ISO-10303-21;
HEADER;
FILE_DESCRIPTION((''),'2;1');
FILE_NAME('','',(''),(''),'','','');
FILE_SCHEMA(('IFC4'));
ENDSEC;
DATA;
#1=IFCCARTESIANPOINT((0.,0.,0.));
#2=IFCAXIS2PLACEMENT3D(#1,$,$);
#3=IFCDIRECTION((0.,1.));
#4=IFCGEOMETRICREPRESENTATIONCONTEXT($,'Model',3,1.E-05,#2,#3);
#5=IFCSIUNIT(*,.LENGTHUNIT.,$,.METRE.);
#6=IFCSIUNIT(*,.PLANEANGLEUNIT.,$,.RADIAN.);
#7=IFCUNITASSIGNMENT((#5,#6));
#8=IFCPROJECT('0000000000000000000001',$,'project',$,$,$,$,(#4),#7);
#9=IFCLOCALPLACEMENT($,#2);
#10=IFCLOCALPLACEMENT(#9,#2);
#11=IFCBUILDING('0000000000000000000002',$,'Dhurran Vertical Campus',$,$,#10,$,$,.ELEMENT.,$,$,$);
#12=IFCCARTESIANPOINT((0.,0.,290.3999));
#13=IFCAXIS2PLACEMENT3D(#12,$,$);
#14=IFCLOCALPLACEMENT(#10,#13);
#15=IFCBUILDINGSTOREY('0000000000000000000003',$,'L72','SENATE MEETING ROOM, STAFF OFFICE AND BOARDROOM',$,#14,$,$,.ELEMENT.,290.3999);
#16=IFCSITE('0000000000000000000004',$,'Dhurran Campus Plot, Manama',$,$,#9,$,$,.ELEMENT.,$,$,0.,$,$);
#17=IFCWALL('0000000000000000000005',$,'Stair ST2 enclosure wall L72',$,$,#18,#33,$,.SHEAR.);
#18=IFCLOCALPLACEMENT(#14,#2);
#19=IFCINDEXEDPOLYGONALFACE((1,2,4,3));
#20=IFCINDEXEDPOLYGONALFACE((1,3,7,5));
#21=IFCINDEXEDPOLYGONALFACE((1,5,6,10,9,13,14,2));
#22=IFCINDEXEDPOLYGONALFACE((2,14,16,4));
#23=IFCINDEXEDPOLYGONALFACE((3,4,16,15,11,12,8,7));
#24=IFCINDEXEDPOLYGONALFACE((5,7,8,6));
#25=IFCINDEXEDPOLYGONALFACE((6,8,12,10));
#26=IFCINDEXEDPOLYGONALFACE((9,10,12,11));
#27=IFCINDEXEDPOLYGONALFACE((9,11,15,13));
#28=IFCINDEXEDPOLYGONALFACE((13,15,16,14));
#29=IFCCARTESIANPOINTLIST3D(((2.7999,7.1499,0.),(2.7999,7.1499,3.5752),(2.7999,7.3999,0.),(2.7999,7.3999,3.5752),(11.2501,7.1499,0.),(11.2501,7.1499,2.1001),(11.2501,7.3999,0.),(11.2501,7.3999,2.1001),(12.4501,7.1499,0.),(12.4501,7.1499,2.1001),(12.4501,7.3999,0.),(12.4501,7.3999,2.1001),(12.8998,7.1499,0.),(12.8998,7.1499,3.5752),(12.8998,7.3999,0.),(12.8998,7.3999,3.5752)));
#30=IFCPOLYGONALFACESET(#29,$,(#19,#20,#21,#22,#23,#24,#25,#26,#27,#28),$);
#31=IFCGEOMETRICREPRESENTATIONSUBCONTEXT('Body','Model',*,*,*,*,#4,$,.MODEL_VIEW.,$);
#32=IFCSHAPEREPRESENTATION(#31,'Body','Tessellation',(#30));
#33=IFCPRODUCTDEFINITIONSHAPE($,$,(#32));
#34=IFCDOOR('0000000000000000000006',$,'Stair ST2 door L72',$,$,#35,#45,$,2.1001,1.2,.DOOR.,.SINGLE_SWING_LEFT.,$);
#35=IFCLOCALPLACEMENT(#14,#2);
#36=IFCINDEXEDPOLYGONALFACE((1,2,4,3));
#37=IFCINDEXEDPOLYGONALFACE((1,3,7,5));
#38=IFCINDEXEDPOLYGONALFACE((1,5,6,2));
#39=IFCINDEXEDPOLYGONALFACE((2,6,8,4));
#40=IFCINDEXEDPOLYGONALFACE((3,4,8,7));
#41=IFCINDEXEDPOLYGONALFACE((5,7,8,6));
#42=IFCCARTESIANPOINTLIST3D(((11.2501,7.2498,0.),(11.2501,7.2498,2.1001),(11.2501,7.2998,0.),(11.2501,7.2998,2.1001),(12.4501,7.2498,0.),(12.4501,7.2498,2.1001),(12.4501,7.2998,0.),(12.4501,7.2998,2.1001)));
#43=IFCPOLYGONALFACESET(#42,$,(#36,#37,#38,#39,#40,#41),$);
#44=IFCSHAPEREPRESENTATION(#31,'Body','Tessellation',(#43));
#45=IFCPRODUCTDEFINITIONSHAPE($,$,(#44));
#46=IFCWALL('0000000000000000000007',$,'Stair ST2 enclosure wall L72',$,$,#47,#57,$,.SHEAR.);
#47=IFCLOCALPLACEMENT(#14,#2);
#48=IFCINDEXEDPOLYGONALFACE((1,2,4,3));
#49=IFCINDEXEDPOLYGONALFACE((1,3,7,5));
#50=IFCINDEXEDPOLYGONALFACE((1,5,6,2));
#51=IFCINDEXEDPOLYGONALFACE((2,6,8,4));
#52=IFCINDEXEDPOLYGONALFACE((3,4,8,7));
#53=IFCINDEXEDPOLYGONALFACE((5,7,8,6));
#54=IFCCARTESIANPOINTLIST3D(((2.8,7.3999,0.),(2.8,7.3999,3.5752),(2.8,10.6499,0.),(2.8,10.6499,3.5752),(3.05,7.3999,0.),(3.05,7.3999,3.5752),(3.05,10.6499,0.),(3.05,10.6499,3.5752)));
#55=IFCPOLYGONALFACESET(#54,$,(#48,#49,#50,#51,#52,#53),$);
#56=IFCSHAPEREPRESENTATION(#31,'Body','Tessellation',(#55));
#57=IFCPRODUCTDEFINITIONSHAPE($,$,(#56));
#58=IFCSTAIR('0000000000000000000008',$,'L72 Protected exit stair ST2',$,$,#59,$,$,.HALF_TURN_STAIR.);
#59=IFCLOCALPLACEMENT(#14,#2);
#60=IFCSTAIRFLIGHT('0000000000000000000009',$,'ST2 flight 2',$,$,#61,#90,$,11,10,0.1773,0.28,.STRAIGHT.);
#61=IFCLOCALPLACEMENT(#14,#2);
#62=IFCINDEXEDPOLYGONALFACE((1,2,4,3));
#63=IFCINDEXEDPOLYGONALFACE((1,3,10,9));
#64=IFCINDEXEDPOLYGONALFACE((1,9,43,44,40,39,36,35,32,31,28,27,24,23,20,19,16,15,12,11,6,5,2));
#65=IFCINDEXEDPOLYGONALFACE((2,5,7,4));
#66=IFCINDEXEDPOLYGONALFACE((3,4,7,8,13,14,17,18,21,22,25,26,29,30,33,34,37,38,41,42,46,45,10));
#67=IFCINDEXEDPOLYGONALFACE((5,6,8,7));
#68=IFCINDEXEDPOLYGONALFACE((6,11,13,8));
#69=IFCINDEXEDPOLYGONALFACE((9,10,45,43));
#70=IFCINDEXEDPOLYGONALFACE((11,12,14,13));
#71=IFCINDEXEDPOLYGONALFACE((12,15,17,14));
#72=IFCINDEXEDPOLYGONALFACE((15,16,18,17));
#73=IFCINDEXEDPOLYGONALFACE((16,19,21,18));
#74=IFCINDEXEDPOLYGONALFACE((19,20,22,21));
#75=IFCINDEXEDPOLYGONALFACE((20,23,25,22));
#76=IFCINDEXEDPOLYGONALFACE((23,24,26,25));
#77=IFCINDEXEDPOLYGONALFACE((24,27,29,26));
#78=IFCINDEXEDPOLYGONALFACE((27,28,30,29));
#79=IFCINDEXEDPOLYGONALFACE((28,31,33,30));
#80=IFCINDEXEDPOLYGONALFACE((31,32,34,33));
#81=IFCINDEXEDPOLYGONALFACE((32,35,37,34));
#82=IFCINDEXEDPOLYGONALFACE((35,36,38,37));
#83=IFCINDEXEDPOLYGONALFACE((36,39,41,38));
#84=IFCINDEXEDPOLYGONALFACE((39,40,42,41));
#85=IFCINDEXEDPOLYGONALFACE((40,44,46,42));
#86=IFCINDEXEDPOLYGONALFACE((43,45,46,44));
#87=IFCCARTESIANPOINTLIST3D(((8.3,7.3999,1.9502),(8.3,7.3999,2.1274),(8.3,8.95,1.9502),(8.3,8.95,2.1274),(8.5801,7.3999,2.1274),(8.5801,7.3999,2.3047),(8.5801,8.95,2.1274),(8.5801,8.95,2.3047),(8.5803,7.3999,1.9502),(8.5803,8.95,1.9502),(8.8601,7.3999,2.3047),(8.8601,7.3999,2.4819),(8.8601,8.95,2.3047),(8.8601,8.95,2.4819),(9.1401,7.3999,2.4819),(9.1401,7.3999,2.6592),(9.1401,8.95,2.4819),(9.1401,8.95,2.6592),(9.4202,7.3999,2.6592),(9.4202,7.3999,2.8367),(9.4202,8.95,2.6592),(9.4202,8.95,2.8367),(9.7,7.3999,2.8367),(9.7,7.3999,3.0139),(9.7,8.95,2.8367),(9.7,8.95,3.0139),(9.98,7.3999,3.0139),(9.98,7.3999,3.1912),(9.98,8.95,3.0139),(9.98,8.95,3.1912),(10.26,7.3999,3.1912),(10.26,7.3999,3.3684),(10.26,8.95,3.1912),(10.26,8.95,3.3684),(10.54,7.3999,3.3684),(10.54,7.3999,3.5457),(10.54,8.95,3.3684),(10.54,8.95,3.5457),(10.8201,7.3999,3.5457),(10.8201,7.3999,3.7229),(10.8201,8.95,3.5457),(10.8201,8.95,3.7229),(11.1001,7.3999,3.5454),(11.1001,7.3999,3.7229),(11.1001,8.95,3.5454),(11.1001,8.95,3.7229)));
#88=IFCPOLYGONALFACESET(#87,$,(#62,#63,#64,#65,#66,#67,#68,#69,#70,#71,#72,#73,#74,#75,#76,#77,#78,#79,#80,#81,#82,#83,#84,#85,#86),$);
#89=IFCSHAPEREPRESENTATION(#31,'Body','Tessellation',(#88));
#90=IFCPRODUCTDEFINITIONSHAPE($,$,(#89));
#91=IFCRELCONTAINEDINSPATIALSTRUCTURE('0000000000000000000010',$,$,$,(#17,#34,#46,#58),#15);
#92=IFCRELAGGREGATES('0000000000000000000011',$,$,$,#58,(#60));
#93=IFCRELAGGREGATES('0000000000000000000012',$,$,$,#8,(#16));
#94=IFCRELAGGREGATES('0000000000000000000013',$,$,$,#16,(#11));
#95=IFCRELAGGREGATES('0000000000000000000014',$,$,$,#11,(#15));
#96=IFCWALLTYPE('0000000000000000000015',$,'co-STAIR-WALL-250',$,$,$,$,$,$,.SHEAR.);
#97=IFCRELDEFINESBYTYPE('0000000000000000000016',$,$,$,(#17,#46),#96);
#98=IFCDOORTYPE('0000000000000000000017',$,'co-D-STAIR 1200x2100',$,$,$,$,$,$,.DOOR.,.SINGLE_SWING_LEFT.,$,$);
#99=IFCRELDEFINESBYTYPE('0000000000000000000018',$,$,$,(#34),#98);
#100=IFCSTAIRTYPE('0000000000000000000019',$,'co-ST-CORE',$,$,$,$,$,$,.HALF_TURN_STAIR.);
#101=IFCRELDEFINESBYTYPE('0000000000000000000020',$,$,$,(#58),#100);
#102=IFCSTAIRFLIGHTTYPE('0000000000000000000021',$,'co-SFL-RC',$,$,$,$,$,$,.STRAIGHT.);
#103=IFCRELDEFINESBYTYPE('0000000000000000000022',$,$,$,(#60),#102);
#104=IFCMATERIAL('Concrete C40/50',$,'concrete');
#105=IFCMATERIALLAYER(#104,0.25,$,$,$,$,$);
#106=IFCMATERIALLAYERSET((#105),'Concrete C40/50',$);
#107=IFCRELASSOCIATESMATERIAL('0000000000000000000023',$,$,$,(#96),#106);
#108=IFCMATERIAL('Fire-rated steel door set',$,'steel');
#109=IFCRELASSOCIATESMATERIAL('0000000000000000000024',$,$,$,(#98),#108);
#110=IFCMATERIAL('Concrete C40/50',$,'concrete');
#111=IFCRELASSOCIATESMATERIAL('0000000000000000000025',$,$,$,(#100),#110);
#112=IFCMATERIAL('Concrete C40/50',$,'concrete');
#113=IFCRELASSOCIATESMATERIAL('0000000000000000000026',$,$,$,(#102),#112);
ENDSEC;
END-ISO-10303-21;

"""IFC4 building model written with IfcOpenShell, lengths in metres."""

from ifc_helpers import new_model, si_unit, direction, frame, frame_2d, origin, place, context, subcontext, project, spatial, polyline, rectangle, outline, extrude, material, layer, layer_set, type_object, element, fill, aggregate, save


model = new_model("IFC4")

# Units and contexts
model_context = context("Model", 3, precision=1e-05, world=origin(), true_north=direction((0.0, 1.0)))
body_context = subcontext(model_context, "Body", "Model", "MODEL_VIEW")
ifc_project = project(units=[si_unit("LENGTHUNIT", "METRE"), si_unit("PLANEANGLEUNIT", "RADIAN")], contexts=[model_context])

# Site, building, storey
site_placement = place(None, origin())
site = spatial("IfcSite", under=ifc_project, at=site_placement, Name="Dhurran Campus Plot, Manama", CompositionType="ELEMENT", RefElevation=0.0)
building_placement = place(site_placement, origin())
building = spatial("IfcBuilding", under=site, at=building_placement, Name="Dhurran Vertical Campus", CompositionType="ELEMENT")
storey_placement = place(building_placement, frame((0.0, 0.0, 290.3999)))
storey = spatial("IfcBuildingStorey", under=building, at=storey_placement, Name="L72", Description="SENATE MEETING ROOM, STAFF OFFICE AND BOARDROOM", CompositionType="ELEMENT", Elevation=290.3999)

# Wall, opening, door
ifc_material_1 = material(Name="Concrete C40/50", Category="concrete")
ifc_layer_1 = layer(ifc_material_1, 0.25)
ifc_layer_set_1 = layer_set([ifc_layer_1], Name="Concrete C40/50")
wall_type_1 = type_object("IfcWallType", Name="co-STAIR-WALL-250", PredefinedType="SHEAR", material=ifc_layer_set_1)
wall_1_placement = place(storey_placement, frame((2.8, 7.2749, 0.0), z_axis=(0.0, 0.0, 1.0), x_axis=(1.0, 0.0, 0.0)))
wall_1 = element("IfcWall", 1, at=wall_1_placement, inside=storey, type_object=wall_type_1, Name="Stair ST2 enclosure wall L72", PredefinedType="SHEAR", context=body_context, shape_type="SweptSolid", body=[
    extrude(rectangle(XDim=10.0999, YDim=0.25, at=frame_2d((5.0498, 0.0))), origin(), (0.0, 0.0, 1.0), 3.5752),
])
opening_1_placement = place(wall_1_placement, frame((8.45, 0.0, 0.0)))
opening_1 = element("IfcOpeningElement", 2, at=opening_1_placement, cuts=wall_1, PredefinedType="OPENING", context=body_context, shape_type="SweptSolid", body=[
    extrude(rectangle(XDim=1.2, YDim=2.1001, at=frame_2d((0.6001, 1.05))), frame((0.0, 0.135, 0.0), z_axis=(0.0, -1.0, 0.0), x_axis=(1.0, 0.0, 0.0)), (0.0, 0.0, 1.0), 0.27),
])
ifc_material_2 = material(Name="Fire-rated steel door set", Category="steel")
door_type = type_object("IfcDoorType", Name="co-D-STAIR 1200x2100", OperationType="SINGLE_SWING_LEFT", PredefinedType="DOOR", material=ifc_material_2)
door_placement = place(opening_1_placement, origin())
door = element("IfcDoor", 3, at=door_placement, inside=storey, type_object=door_type, Name="Stair ST2 door L72", OperationType="SINGLE_SWING_LEFT", OverallHeight=2.1001, OverallWidth=1.2, PredefinedType="DOOR", context=body_context, shape_type="SweptSolid", body=[
    extrude(rectangle(XDim=1.2, YDim=2.1001, at=frame_2d((0.6001, 1.05))), frame((0.0, 0.0249, 0.0), z_axis=(0.0, -1.0, 0.0), x_axis=(1.0, 0.0, 0.0)), (0.0, 0.0, 1.0), 0.05),
])
fill(opening_1, door)

# Wall
wall_2_placement = place(storey_placement, frame((2.925, 7.3999, 0.0), z_axis=(0.0, 0.0, 1.0), x_axis=(0.0, 1.0, 0.0)))
element("IfcWall", 4, at=wall_2_placement, inside=storey, type_object=wall_type_1, Name="Stair ST2 enclosure wall L72", PredefinedType="SHEAR", context=body_context, shape_type="SweptSolid", body=[
    extrude(rectangle(XDim=3.25, YDim=0.25, at=frame_2d((1.625, 0.0))), origin(), (0.0, 0.0, 1.0), 3.5752),
])

# Stair, stair flight
ifc_material_3 = material(Name="Concrete C40/50", Category="concrete")
stair_type = type_object("IfcStairType", Name="co-ST-CORE", PredefinedType="HALF_TURN_STAIR", material=ifc_material_3)
stair_placement = place(storey_placement, origin())
stair = element("IfcStair", 5, at=stair_placement, inside=storey, type_object=stair_type, Name="L72 Protected exit stair ST2", PredefinedType="HALF_TURN_STAIR")
ifc_material_4 = material(Name="Concrete C40/50", Category="concrete")
stair_flight_type = type_object("IfcStairFlightType", Name="co-SFL-RC", PredefinedType="STRAIGHT", material=ifc_material_4)
stair_flight_placement = place(storey_placement, frame((8.3, 8.175, 1.9502), z_axis=(0.0, 0.0, 1.0), x_axis=(1.0, 0.0, 0.0)))
stair_flight = element("IfcStairFlight", 6, at=stair_flight_placement, type_object=stair_flight_type, Name="ST2 flight 2", NumberOfRisers=11, NumberOfTreads=10, PredefinedType="STRAIGHT", RiserHeight=0.1773, TreadLength=0.28, context=body_context, shape_type="SweptSolid", body=[
    extrude(outline(polyline([(0.0, 0.0), (0.0, 0.1772), (0.28, 0.1772), (0.28, 0.3545), (0.5601, 0.3545), (0.5601, 0.5317), (0.8401, 0.5317), (0.8401, 0.709), (1.1201, 0.709), (1.1201, 0.8865), (1.3999, 0.8865), (1.3999, 1.0637), (1.6799, 1.0637), (1.6799, 1.241), (1.96, 1.241), (1.96, 1.4182), (2.24, 1.4182), (2.24, 1.5955), (2.52, 1.5955), (2.52, 1.7727), (2.8, 1.7727), (2.8, 1.95), (2.8, 1.5952), (0.2803, 0.0), (0.0, 0.0)])), frame((0.0, 0.7749, 0.0), z_axis=(0.0, -1.0, 0.0), x_axis=(1.0, 0.0, 0.0)), (0.0, 0.0, 1.0), 1.55),
])
aggregate(stair, [stair_flight])

save(model, "model.ifc")
